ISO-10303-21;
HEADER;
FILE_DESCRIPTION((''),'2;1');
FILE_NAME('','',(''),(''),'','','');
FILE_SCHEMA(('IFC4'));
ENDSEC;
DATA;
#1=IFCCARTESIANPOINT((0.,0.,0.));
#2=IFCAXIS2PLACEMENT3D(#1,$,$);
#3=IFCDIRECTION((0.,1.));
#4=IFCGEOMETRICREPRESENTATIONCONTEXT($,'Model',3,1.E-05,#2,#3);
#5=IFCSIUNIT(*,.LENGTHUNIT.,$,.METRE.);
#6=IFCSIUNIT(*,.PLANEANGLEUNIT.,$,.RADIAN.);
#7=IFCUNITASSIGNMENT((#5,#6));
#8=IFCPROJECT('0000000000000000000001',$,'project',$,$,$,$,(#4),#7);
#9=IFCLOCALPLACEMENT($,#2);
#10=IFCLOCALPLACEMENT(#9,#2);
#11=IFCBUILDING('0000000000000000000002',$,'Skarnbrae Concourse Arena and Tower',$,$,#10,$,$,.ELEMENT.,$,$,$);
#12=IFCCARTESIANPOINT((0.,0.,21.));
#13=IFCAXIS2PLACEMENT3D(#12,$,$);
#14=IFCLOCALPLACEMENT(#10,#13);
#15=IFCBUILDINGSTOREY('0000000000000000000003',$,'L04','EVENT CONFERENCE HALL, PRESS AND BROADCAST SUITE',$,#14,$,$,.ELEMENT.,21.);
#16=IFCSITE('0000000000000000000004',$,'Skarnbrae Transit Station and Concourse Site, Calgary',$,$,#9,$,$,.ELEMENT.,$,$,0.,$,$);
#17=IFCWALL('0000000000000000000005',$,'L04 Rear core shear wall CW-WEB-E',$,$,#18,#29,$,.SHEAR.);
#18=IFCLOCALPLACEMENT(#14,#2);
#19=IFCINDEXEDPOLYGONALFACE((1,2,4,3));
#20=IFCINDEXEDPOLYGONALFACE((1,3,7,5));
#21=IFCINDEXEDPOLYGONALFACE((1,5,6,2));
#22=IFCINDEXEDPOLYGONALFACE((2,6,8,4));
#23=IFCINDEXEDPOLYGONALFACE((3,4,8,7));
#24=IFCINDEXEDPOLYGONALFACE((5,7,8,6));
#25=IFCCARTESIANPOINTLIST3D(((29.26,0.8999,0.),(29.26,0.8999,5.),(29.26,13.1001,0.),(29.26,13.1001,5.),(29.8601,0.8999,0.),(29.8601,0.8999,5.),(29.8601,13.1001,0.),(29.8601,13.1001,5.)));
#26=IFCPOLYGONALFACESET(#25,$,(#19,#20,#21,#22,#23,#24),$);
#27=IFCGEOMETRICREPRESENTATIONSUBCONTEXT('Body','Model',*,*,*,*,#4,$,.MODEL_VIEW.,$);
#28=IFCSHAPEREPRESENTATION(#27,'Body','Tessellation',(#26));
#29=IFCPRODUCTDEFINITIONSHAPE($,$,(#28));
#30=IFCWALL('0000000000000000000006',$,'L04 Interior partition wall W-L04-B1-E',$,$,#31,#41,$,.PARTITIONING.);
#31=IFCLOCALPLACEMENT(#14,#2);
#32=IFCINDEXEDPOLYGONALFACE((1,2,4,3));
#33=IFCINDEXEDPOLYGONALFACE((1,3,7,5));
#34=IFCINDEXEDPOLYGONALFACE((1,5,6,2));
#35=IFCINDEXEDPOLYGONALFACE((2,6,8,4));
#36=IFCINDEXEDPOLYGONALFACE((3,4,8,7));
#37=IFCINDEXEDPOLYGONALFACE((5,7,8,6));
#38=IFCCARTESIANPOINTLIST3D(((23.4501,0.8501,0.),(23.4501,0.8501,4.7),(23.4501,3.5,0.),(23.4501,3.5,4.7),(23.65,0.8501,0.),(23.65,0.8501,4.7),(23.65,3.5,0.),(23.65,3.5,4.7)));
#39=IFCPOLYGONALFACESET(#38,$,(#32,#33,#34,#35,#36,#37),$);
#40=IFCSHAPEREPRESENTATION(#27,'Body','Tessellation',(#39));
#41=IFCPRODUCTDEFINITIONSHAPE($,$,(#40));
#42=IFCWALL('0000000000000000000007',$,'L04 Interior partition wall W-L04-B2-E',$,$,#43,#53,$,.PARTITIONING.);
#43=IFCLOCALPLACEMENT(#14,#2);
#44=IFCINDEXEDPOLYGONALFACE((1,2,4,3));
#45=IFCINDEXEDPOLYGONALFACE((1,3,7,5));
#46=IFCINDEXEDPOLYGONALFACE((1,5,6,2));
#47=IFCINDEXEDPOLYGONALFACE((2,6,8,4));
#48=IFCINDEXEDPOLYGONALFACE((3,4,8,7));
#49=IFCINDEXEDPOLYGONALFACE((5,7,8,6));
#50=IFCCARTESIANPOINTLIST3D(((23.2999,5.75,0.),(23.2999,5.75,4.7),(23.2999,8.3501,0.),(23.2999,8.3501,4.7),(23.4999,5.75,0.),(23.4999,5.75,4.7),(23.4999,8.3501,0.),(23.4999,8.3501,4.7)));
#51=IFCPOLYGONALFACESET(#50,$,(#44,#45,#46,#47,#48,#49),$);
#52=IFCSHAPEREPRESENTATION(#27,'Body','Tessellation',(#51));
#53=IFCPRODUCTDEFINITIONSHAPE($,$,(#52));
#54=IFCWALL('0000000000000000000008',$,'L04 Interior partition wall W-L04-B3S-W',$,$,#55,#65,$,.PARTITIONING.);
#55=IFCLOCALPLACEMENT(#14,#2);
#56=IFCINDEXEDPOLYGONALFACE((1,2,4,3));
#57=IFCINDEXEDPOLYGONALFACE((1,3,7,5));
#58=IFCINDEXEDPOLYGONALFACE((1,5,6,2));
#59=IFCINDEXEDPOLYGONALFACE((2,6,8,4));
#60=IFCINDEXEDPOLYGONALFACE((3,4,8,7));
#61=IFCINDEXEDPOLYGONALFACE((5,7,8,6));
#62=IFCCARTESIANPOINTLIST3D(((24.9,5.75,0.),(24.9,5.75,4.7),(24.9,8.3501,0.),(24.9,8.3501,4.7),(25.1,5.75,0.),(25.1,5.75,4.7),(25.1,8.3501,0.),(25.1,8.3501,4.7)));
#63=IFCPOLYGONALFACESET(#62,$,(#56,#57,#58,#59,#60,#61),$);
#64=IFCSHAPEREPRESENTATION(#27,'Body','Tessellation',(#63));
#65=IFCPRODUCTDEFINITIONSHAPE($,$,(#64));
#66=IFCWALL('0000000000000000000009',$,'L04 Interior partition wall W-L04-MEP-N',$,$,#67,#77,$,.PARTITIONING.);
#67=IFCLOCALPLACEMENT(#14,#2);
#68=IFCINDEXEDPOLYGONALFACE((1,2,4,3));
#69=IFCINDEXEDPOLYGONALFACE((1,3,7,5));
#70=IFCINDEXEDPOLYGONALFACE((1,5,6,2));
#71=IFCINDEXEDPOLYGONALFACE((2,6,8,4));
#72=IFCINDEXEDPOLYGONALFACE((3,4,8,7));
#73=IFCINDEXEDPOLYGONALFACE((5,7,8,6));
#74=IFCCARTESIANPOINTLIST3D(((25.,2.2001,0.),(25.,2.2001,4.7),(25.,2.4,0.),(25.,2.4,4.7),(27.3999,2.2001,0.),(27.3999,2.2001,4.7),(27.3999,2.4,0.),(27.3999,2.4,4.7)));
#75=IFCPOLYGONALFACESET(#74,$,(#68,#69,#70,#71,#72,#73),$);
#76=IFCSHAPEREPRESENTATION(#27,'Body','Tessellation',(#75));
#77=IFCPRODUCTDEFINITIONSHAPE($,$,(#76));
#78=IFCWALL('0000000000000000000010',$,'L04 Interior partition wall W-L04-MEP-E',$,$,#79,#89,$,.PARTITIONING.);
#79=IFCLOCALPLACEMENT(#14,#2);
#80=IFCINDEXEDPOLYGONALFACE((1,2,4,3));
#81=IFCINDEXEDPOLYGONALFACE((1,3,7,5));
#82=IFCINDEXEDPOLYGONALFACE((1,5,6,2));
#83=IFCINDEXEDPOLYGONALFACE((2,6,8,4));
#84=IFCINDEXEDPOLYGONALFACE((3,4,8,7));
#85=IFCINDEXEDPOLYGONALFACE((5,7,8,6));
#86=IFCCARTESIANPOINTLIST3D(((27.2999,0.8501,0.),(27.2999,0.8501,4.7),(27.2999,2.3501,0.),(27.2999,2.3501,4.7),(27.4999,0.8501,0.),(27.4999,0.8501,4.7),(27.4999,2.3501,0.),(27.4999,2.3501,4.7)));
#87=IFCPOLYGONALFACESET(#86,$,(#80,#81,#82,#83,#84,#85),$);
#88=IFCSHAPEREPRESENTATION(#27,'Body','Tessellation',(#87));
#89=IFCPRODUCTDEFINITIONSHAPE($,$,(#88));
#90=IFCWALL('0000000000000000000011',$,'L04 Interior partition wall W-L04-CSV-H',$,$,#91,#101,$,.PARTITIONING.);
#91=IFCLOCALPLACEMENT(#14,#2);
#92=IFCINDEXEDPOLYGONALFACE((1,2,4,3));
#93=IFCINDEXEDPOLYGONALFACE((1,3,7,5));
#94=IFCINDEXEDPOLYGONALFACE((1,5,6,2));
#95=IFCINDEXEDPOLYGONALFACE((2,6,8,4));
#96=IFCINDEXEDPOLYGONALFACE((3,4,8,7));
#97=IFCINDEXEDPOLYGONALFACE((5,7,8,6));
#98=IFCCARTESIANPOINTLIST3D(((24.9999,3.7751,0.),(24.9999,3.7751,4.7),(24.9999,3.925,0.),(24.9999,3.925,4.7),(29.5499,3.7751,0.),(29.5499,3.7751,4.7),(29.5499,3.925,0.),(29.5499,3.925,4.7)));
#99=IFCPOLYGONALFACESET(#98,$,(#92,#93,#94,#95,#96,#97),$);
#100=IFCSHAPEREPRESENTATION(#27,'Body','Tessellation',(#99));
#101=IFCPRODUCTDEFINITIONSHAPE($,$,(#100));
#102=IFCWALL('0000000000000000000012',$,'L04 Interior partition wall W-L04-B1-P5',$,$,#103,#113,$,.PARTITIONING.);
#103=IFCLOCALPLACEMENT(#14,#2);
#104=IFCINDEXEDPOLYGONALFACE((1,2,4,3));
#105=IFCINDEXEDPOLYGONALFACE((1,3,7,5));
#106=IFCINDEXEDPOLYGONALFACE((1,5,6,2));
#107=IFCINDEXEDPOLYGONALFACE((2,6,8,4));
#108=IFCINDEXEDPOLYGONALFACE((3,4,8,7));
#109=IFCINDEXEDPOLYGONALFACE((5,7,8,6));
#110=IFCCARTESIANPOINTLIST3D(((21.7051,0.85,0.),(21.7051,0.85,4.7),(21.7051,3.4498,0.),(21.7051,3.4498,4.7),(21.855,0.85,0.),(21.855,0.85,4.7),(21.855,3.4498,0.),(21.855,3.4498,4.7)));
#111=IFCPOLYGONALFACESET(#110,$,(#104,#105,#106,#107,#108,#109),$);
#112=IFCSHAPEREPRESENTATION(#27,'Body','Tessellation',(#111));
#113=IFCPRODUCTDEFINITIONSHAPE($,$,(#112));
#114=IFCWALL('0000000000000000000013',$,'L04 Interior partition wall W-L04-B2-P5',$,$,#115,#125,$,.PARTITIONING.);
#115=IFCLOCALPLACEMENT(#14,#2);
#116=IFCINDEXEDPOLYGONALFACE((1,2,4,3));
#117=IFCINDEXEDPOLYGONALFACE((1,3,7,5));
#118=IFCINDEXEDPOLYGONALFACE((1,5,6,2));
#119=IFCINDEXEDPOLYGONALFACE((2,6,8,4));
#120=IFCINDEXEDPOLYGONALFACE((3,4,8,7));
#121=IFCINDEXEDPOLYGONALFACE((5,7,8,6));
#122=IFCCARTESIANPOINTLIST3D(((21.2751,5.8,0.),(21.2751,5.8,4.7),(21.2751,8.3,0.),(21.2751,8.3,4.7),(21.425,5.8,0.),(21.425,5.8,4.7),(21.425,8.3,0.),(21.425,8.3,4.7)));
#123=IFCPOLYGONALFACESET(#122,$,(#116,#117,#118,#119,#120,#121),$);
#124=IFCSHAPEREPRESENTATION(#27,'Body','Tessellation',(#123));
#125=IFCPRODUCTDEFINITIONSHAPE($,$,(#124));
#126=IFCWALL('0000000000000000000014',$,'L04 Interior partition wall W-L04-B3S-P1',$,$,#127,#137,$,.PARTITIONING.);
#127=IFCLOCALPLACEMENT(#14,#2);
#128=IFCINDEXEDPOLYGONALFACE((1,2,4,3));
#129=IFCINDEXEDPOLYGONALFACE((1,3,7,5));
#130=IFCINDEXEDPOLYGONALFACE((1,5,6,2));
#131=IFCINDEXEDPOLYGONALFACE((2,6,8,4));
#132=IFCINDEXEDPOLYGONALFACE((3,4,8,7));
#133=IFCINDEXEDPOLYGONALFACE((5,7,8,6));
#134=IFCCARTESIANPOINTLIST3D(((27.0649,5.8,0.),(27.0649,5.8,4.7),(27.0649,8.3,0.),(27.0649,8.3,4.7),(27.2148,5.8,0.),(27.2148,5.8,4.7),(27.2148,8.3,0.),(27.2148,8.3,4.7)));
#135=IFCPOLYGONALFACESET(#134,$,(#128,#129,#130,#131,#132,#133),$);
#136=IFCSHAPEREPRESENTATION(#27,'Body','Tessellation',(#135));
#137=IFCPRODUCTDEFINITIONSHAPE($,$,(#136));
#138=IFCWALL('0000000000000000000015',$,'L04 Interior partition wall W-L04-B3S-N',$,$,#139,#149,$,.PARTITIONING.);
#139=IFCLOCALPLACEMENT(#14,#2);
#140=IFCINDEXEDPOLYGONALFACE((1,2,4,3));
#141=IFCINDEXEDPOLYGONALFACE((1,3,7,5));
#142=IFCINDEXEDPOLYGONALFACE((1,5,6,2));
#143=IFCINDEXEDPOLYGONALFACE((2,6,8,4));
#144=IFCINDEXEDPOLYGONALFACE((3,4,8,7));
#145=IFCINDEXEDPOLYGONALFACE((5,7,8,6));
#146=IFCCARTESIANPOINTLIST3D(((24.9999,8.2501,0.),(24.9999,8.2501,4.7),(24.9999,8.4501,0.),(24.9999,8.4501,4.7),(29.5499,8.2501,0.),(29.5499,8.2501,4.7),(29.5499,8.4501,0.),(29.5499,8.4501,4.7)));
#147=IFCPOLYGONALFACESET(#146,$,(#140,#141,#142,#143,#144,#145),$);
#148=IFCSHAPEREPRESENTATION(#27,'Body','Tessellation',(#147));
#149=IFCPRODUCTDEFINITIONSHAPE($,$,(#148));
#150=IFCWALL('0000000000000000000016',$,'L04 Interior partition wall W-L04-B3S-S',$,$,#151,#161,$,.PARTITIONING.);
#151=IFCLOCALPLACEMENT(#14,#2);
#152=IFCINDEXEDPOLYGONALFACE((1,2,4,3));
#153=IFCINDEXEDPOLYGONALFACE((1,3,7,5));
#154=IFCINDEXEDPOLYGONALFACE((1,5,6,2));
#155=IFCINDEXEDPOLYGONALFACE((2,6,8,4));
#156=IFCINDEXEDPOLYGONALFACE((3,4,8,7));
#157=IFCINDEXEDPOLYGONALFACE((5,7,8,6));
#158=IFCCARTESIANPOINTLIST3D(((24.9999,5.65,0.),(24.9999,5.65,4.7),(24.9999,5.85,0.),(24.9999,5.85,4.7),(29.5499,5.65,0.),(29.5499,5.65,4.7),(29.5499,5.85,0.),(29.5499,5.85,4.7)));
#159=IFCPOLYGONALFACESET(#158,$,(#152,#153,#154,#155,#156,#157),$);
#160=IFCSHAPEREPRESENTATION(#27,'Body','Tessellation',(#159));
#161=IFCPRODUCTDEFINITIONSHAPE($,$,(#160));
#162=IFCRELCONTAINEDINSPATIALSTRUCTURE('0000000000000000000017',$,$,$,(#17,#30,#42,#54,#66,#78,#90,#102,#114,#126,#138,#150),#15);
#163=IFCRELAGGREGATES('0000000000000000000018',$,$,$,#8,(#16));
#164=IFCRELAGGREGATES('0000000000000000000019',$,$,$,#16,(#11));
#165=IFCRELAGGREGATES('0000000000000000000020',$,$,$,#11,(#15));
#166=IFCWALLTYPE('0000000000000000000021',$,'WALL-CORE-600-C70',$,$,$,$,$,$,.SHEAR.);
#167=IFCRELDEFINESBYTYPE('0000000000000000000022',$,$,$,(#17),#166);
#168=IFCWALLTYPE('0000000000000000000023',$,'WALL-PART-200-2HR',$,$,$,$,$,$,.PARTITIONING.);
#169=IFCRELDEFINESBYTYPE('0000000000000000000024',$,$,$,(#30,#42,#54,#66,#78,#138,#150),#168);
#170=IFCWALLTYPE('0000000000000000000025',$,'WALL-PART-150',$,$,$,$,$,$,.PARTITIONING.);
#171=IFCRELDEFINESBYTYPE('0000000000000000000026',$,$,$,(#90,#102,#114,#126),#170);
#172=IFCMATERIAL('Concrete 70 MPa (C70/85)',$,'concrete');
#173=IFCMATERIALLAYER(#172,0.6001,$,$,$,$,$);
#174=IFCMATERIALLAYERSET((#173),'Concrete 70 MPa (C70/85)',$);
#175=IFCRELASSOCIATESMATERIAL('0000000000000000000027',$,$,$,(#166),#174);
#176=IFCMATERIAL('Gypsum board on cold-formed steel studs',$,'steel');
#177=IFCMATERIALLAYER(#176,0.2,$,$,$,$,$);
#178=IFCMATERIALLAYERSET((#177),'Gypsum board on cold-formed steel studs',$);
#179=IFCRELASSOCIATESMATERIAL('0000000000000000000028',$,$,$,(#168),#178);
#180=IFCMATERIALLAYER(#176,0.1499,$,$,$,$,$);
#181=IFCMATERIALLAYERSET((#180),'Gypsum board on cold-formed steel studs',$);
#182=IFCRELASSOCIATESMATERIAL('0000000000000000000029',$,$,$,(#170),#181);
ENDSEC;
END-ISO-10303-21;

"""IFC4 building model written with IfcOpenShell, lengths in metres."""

from ifc_helpers import new_model, si_unit, direction, frame, frame_2d, origin, place, context, subcontext, project, spatial, rectangle, extrude, source, transform, mapped, material, layer, layer_set, type_object, element, save


model = new_model("IFC4")

# Units and contexts
model_context = context("Model", 3, precision=1e-05, world=origin(), true_north=direction((0.0, 1.0)))
body_context = subcontext(model_context, "Body", "Model", "MODEL_VIEW")
ifc_project = project(units=[si_unit("LENGTHUNIT", "METRE"), si_unit("PLANEANGLEUNIT", "RADIAN")], contexts=[model_context])

# Site, building, storey
site_placement = place(None, origin())
site = spatial("IfcSite", under=ifc_project, at=site_placement, Name="Skarnbrae Transit Station and Concourse Site, Calgary", CompositionType="ELEMENT", RefElevation=0.0)
building_placement = place(site_placement, origin())
building = spatial("IfcBuilding", under=site, at=building_placement, Name="Skarnbrae Concourse Arena and Tower", CompositionType="ELEMENT")
storey_placement = place(building_placement, frame((0.0, 0.0, 21.0)))
storey = spatial("IfcBuildingStorey", under=building, at=storey_placement, Name="L04", Description="EVENT CONFERENCE HALL, PRESS AND BROADCAST SUITE", CompositionType="ELEMENT", Elevation=21.0)

# Wall
ifc_material_1 = material(Name="Concrete 70 MPa (C70/85)", Category="concrete")
ifc_layer_1 = layer(ifc_material_1, 0.6001)
ifc_layer_set_1 = layer_set([ifc_layer_1], Name="Concrete 70 MPa (C70/85)")
wall_type_1 = type_object("IfcWallType", Name="WALL-CORE-600-C70", PredefinedType="SHEAR", material=ifc_layer_set_1)
shared_shape_1 = source(origin(), body_context, "Body", "SweptSolid", [
    extrude(rectangle(XDim=12.2002, YDim=0.6001, at=frame_2d((6.1001, 0.0))), origin(), (0.0, 0.0, 1.0), 5.0),
])
wall_1_placement = place(storey_placement, frame((29.5601, 0.8999, 0.0), z_axis=(0.0, 0.0, 1.0), x_axis=(0.0, 1.0, 0.0)))
element("IfcWall", 1, at=wall_1_placement, inside=storey, type_object=wall_type_1, Name="L04 Rear core shear wall CW-WEB-E", PredefinedType="SHEAR", context=body_context, shape_type="MappedRepresentation", body=[
    mapped(shared_shape_1, transform((0.0, 0.0, 0.0))),
])

# Walls
ifc_material_2 = material(Name="Gypsum board on cold-formed steel studs", Category="steel")
ifc_layer_2 = layer(ifc_material_2, 0.2)
ifc_layer_set_2 = layer_set([ifc_layer_2], Name="Gypsum board on cold-formed steel studs")
wall_type_2 = type_object("IfcWallType", Name="WALL-PART-200-2HR", PredefinedType="PARTITIONING", material=ifc_layer_set_2)
shared_shape_2 = source(origin(), body_context, "Body", "SweptSolid", [
    extrude(rectangle(XDim=2.6499, YDim=0.2, at=frame_2d((1.325, 0.0))), origin(), (0.0, 0.0, 1.0), 4.7),
])
wall_2_placement = place(storey_placement, frame((23.55, 0.8501, 0.0), z_axis=(0.0, 0.0, 1.0), x_axis=(0.0, 1.0, 0.0)))
element("IfcWall", 2, at=wall_2_placement, inside=storey, type_object=wall_type_2, Name="L04 Interior partition wall W-L04-B1-E", PredefinedType="PARTITIONING", context=body_context, shape_type="MappedRepresentation", body=[
    mapped(shared_shape_2, transform((0.0, 0.0, 0.0))),
])
shared_shape_3 = source(origin(), body_context, "Body", "SweptSolid", [
    extrude(rectangle(XDim=2.6001, YDim=0.2, at=frame_2d((1.3, 0.0))), origin(), (0.0, 0.0, 1.0), 4.7),
])
for number, where, z_axis, x_axis, name in (
    (3, (23.3999, 5.75, 0.0), (0.0, 0.0, 1.0), (0.0, 1.0, 0.0), "L04 Interior partition wall W-L04-B2-E"),
    (4, (25.0, 5.75, 0.0), (0.0, 0.0, 1.0), (0.0, 1.0, 0.0), "L04 Interior partition wall W-L04-B3S-W"),
):
    element("IfcWall", number, at=place(storey_placement, frame(where, z_axis=z_axis, x_axis=x_axis)), inside=storey, type_object=wall_type_2, Name=name, PredefinedType="PARTITIONING", context=body_context, shape_type="MappedRepresentation", body=[
        mapped(shared_shape_3, transform((0.0, 0.0, 0.0))),
    ])

# Walls
shared_shape_4 = source(origin(), body_context, "Body", "SweptSolid", [
    extrude(rectangle(XDim=2.3999, YDim=0.2, at=frame_2d((1.2, 0.0))), origin(), (0.0, 0.0, 1.0), 4.7),
])
wall_3_placement = place(storey_placement, frame((25.0, 2.3, 0.0), z_axis=(0.0, 0.0, 1.0), x_axis=(1.0, 0.0, 0.0)))
element("IfcWall", 5, at=wall_3_placement, inside=storey, type_object=wall_type_2, Name="L04 Interior partition wall W-L04-MEP-N", PredefinedType="PARTITIONING", context=body_context, shape_type="MappedRepresentation", body=[
    mapped(shared_shape_4, transform((0.0, 0.0, 0.0))),
])
shared_shape_5 = source(origin(), body_context, "Body", "SweptSolid", [
    extrude(rectangle(XDim=1.5, YDim=0.2, at=frame_2d((0.75, 0.0))), origin(), (0.0, 0.0, 1.0), 4.7),
])
wall_4_placement = place(storey_placement, frame((27.3999, 0.8501, 0.0), z_axis=(0.0, 0.0, 1.0), x_axis=(0.0, 1.0, 0.0)))
element("IfcWall", 6, at=wall_4_placement, inside=storey, type_object=wall_type_2, Name="L04 Interior partition wall W-L04-MEP-E", PredefinedType="PARTITIONING", context=body_context, shape_type="MappedRepresentation", body=[
    mapped(shared_shape_5, transform((0.0, 0.0, 0.0))),
])
ifc_layer_3 = layer(ifc_material_2, 0.1499)
ifc_layer_set_3 = layer_set([ifc_layer_3], Name="Gypsum board on cold-formed steel studs")
wall_type_3 = type_object("IfcWallType", Name="WALL-PART-150", PredefinedType="PARTITIONING", material=ifc_layer_set_3)
shared_shape_6 = source(origin(), body_context, "Body", "SweptSolid", [
    extrude(rectangle(XDim=4.55, YDim=0.1499, at=frame_2d((2.2749, 0.0))), origin(), (0.0, 0.0, 1.0), 4.7),
])
wall_5_placement = place(storey_placement, frame((25.0, 3.8501, 0.0), z_axis=(0.0, 0.0, 1.0), x_axis=(1.0, 0.0, 0.0)))
element("IfcWall", 7, at=wall_5_placement, inside=storey, type_object=wall_type_3, Name="L04 Interior partition wall W-L04-CSV-H", PredefinedType="PARTITIONING", context=body_context, shape_type="MappedRepresentation", body=[
    mapped(shared_shape_6, transform((0.0, 0.0, 0.0))),
])
shared_shape_7 = source(origin(), body_context, "Body", "SweptSolid", [
    extrude(rectangle(XDim=2.5999, YDim=0.1499, at=frame_2d((1.2998, 0.0))), origin(), (0.0, 0.0, 1.0), 4.7),
])
wall_6_placement = place(storey_placement, frame((21.78, 0.8501, 0.0), z_axis=(0.0, 0.0, 1.0), x_axis=(0.0, 1.0, 0.0)))
element("IfcWall", 8, at=wall_6_placement, inside=storey, type_object=wall_type_3, Name="L04 Interior partition wall W-L04-B1-P5", PredefinedType="PARTITIONING", context=body_context, shape_type="MappedRepresentation", body=[
    mapped(shared_shape_7, transform((0.0, 0.0, 0.0))),
])
shared_shape_8 = source(origin(), body_context, "Body", "SweptSolid", [
    extrude(rectangle(XDim=2.5, YDim=0.1499, at=frame_2d((1.25, 0.0))), origin(), (0.0, 0.0, 1.0), 4.7),
])
for number, where, z_axis, x_axis, name in (
    (9, (21.3501, 5.8, 0.0), (0.0, 0.0, 1.0), (0.0, 1.0, 0.0), "L04 Interior partition wall W-L04-B2-P5"),
    (10, (27.1399, 5.8, 0.0), (0.0, 0.0, 1.0), (0.0, 1.0, 0.0), "L04 Interior partition wall W-L04-B3S-P1"),
):
    element("IfcWall", number, at=place(storey_placement, frame(where, z_axis=z_axis, x_axis=x_axis)), inside=storey, type_object=wall_type_3, Name=name, PredefinedType="PARTITIONING", context=body_context, shape_type="MappedRepresentation", body=[
        mapped(shared_shape_8, transform((0.0, 0.0, 0.0))),
    ])
shared_shape_9 = source(origin(), body_context, "Body", "SweptSolid", [
    extrude(rectangle(XDim=4.55, YDim=0.2, at=frame_2d((2.2749, 0.0))), origin(), (0.0, 0.0, 1.0), 4.7),
])
for number, where, z_axis, x_axis, name in (
    (11, (25.0, 8.3501, 0.0), (0.0, 0.0, 1.0), (1.0, 0.0, 0.0), "L04 Interior partition wall W-L04-B3S-N"),
    (12, (25.0, 5.75, 0.0), (0.0, 0.0, 1.0), (1.0, 0.0, 0.0), "L04 Interior partition wall W-L04-B3S-S"),
):
    element("IfcWall", number, at=place(storey_placement, frame(where, z_axis=z_axis, x_axis=x_axis)), inside=storey, type_object=wall_type_2, Name=name, PredefinedType="PARTITIONING", context=body_context, shape_type="MappedRepresentation", body=[
        mapped(shared_shape_9, transform((0.0, 0.0, 0.0))),
    ])

save(model, "model.ifc")
